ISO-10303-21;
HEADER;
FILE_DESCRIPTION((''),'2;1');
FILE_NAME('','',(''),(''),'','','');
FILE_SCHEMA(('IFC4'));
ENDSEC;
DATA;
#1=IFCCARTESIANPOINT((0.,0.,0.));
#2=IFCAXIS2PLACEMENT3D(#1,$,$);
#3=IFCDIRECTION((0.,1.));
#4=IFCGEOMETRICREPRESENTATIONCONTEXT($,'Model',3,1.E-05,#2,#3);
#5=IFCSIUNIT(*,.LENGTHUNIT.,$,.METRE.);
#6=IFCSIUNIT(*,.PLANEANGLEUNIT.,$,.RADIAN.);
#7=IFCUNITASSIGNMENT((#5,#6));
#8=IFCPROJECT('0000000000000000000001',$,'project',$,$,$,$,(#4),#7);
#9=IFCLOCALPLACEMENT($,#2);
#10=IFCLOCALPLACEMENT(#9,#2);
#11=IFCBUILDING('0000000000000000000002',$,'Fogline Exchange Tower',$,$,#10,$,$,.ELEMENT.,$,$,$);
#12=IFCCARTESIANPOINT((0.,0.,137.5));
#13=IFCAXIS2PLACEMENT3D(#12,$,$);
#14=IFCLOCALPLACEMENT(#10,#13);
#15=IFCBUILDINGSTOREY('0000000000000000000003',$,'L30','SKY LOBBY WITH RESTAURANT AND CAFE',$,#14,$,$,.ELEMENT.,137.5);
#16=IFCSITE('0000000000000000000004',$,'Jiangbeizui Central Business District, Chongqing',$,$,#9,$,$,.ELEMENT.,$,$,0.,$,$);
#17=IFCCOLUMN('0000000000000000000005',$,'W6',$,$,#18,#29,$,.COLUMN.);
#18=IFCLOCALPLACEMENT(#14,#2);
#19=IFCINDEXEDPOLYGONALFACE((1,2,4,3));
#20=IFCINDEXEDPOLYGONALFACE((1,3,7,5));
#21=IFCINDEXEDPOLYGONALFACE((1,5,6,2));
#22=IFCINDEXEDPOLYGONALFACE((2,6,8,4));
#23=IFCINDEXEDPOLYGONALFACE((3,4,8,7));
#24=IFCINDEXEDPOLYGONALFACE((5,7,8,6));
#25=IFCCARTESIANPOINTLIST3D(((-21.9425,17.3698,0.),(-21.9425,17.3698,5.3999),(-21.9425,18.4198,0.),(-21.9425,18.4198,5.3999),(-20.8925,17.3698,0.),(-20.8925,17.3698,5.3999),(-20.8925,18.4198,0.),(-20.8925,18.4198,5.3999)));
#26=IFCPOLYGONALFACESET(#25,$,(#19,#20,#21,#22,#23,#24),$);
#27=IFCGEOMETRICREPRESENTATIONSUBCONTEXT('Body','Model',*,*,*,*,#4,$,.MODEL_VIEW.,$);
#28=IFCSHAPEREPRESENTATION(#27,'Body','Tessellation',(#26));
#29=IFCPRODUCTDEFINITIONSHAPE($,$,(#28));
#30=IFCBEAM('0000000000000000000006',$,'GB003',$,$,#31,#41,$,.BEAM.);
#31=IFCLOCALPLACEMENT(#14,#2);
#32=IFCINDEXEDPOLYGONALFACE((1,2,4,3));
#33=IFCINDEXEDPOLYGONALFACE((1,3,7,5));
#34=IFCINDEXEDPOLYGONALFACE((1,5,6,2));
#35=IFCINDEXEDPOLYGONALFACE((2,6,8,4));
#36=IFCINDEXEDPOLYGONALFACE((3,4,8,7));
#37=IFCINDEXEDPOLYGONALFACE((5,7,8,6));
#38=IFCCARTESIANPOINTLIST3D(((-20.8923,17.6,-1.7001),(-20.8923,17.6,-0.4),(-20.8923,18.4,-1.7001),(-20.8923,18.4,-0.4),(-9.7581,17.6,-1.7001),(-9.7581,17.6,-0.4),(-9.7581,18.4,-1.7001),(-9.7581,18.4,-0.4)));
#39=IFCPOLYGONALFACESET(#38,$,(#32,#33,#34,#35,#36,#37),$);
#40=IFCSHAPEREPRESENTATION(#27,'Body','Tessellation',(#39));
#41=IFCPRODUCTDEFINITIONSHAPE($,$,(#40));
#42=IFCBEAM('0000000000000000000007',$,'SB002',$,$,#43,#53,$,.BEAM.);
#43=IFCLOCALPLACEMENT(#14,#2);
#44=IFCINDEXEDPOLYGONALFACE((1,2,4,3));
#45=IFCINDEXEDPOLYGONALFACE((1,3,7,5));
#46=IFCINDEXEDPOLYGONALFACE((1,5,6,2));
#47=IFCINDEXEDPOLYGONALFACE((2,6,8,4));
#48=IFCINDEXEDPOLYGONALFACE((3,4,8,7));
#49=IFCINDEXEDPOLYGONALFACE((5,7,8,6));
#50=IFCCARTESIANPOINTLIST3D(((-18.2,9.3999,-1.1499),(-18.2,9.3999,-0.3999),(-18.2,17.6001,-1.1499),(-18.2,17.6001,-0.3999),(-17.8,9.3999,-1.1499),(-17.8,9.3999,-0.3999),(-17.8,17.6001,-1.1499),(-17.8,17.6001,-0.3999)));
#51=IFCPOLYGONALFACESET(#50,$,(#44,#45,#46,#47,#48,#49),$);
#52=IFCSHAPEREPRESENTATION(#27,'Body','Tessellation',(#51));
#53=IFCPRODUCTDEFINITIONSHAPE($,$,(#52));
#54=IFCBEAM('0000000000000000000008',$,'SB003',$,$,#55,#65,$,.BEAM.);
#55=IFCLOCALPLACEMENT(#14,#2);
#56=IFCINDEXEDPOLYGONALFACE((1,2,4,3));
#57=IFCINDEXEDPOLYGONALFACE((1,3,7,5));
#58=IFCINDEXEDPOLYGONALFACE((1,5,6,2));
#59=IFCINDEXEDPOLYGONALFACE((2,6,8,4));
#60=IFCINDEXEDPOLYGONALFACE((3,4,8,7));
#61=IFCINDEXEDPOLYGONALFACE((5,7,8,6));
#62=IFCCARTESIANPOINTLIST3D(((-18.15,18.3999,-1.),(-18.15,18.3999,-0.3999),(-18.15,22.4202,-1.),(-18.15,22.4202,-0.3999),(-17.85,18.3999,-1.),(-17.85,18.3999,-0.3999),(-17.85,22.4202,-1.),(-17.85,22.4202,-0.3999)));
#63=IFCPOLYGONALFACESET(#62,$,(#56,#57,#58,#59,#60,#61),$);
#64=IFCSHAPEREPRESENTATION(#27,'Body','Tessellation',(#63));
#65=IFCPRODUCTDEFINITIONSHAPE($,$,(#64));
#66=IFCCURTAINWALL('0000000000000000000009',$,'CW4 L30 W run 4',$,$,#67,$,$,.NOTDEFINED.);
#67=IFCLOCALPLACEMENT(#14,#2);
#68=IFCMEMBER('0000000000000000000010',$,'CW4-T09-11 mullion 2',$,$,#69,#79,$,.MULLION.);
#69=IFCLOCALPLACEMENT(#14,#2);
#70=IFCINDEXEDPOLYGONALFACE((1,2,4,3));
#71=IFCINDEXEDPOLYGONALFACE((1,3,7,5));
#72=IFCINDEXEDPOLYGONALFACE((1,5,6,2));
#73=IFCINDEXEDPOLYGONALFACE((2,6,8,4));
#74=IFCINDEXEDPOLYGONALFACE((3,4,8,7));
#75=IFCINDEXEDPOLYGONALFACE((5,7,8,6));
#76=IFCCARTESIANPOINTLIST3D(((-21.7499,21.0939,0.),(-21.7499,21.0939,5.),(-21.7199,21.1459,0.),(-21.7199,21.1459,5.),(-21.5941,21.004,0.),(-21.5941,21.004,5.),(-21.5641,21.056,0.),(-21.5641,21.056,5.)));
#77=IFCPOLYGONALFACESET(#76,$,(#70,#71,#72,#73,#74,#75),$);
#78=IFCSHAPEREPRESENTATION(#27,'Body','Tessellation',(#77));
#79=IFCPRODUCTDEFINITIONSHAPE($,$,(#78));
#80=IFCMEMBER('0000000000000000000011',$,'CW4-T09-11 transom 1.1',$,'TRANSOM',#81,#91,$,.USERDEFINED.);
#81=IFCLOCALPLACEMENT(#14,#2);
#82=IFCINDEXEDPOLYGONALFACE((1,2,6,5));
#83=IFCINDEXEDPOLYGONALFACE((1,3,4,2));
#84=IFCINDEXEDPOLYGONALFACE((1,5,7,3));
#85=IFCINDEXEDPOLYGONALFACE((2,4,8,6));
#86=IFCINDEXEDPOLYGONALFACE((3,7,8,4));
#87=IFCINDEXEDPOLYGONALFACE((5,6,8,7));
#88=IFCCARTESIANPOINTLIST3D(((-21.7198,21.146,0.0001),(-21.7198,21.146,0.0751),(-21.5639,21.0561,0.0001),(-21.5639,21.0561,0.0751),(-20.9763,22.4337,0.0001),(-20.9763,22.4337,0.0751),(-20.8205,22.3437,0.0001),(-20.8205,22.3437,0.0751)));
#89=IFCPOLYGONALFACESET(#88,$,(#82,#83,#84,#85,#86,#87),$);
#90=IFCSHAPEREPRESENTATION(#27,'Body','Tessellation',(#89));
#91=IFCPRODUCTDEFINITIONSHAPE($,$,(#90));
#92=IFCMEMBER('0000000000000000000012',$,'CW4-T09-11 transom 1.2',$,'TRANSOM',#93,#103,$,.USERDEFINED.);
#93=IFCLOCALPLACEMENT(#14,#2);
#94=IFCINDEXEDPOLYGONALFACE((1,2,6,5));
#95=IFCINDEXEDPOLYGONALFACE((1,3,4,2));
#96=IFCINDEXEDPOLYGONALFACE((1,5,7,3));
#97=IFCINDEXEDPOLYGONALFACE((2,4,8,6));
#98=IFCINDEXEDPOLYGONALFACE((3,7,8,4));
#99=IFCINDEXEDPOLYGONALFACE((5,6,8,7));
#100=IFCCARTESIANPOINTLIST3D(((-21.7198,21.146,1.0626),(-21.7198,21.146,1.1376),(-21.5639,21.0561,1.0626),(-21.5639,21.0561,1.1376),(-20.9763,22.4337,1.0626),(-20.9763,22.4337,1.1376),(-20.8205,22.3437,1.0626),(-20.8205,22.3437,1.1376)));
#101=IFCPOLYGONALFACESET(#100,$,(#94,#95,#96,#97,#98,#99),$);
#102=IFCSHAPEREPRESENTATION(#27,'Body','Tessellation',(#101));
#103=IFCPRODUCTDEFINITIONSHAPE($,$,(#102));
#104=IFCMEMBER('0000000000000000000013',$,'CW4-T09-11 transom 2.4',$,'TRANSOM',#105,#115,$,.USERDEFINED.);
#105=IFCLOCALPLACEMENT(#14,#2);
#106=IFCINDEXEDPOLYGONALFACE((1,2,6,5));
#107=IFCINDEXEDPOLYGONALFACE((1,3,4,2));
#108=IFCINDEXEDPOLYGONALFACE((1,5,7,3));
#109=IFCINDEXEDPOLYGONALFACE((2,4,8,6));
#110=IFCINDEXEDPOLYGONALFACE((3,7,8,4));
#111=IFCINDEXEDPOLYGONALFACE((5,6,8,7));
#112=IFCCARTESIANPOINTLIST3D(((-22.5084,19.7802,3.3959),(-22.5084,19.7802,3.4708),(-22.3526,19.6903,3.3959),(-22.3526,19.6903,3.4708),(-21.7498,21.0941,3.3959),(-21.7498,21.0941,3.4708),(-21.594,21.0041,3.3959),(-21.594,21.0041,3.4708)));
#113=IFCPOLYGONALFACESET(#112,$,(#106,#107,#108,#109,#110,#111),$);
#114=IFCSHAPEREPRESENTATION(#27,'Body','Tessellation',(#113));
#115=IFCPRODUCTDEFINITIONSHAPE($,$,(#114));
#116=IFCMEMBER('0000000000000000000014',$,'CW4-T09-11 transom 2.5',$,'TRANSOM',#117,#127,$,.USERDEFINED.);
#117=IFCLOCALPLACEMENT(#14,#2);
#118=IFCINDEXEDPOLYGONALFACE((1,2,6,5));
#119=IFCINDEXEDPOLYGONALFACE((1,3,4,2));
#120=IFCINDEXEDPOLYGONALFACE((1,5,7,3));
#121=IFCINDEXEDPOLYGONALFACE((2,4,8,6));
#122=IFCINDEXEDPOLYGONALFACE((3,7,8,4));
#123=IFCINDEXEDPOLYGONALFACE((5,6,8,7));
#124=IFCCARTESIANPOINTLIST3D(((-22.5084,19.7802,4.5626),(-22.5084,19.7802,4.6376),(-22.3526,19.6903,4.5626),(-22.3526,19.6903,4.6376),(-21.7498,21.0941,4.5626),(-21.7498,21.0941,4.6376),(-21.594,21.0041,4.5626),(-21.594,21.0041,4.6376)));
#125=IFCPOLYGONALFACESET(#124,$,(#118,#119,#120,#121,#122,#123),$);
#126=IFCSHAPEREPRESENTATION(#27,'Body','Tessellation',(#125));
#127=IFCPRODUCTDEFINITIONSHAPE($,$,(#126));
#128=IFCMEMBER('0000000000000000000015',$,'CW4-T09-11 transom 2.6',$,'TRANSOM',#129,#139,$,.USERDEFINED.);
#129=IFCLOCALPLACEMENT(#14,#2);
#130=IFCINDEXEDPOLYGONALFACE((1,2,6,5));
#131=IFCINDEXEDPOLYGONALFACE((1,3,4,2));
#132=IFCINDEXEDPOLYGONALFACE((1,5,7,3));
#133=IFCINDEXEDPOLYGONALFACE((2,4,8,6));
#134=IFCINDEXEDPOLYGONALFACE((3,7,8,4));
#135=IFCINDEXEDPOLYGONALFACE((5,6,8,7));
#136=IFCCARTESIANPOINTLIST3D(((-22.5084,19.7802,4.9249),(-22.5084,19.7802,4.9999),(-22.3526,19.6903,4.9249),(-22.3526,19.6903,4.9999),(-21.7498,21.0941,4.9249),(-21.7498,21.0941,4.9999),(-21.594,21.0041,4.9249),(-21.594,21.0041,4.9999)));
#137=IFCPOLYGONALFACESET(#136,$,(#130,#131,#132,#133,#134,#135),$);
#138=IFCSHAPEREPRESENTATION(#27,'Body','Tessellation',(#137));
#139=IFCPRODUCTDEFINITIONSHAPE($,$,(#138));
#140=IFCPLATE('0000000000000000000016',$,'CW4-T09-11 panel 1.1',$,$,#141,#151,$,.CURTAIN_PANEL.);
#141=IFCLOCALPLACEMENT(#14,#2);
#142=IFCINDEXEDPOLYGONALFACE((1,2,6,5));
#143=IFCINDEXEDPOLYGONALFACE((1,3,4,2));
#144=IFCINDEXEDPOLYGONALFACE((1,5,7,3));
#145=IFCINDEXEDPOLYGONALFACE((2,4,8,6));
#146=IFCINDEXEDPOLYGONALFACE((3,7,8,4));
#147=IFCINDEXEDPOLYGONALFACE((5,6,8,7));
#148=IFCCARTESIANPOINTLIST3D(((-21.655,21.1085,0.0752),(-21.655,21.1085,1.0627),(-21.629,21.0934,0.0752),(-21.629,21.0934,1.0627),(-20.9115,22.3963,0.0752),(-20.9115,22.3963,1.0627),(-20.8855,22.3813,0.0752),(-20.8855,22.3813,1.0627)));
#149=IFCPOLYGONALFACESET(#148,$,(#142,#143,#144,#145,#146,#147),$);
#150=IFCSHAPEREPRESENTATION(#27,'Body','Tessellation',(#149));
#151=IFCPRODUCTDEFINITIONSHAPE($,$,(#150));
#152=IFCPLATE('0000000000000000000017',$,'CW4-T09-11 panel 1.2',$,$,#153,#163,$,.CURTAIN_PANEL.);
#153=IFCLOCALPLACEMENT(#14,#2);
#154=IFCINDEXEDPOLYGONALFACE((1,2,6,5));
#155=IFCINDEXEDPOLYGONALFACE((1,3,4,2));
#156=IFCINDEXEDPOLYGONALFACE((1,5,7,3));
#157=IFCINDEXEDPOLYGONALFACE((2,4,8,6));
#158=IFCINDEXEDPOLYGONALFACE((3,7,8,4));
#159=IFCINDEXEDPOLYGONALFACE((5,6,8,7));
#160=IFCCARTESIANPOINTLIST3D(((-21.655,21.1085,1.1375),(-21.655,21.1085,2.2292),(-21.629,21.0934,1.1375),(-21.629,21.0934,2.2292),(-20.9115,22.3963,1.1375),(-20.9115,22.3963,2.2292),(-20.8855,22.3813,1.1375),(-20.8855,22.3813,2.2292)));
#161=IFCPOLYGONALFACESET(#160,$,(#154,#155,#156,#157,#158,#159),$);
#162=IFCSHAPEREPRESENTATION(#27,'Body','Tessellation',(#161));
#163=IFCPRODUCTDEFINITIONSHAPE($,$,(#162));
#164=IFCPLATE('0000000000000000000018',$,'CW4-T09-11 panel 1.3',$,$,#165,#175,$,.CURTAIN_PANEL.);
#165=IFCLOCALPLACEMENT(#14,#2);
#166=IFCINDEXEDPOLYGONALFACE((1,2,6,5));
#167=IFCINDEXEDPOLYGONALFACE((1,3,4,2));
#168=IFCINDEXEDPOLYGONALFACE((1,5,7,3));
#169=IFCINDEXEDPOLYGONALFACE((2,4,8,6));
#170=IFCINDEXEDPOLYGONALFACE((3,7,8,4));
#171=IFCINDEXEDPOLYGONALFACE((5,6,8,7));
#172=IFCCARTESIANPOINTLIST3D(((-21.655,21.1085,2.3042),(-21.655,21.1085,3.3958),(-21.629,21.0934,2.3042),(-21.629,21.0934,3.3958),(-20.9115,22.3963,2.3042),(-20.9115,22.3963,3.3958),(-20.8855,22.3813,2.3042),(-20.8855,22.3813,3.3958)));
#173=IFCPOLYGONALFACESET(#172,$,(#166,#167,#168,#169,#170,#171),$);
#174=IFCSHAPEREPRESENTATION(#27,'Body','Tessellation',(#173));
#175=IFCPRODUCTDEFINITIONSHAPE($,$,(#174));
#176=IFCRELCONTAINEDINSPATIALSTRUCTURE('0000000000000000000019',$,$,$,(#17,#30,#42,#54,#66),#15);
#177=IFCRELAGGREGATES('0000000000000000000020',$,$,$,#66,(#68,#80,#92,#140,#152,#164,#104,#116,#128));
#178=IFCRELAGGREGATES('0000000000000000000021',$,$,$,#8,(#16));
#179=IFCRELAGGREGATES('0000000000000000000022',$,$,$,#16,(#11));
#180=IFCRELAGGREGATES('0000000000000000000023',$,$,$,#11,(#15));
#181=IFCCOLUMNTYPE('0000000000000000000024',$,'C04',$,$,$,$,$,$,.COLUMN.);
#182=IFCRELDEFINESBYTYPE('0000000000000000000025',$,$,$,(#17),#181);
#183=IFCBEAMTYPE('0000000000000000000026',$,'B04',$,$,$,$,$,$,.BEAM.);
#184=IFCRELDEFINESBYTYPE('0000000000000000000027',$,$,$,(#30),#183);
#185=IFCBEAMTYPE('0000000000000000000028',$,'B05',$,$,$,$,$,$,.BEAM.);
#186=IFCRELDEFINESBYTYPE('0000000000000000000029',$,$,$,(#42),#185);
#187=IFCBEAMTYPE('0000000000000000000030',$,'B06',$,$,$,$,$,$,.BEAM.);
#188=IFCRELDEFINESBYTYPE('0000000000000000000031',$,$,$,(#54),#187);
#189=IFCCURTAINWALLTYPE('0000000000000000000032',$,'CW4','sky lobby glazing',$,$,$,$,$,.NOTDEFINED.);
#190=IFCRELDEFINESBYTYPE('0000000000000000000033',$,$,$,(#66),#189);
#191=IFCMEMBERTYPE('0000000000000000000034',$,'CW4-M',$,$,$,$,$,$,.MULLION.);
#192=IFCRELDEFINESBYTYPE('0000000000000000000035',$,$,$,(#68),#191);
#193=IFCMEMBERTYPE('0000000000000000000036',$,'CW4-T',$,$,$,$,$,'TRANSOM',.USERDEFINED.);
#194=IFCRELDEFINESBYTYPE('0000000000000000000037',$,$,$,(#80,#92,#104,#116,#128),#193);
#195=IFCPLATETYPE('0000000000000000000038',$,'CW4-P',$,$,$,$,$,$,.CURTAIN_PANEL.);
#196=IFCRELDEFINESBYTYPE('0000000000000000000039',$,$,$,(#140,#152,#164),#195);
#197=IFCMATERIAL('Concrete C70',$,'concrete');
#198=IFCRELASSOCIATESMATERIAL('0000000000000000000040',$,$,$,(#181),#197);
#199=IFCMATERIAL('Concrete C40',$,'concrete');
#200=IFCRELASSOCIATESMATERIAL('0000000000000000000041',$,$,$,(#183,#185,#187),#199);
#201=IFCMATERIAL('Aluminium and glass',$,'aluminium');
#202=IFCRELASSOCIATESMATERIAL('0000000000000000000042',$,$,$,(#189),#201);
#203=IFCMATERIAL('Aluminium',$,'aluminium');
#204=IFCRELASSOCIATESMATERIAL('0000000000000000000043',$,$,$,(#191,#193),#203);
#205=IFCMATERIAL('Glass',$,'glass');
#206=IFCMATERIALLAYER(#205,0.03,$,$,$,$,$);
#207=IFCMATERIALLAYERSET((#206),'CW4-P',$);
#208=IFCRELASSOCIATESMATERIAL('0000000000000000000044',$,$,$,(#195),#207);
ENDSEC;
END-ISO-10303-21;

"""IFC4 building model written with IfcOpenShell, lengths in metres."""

from ifc_helpers import new_model, si_unit, direction, frame, origin, origin_2d, place, context, subcontext, project, spatial, rectangle, extrude, material, layer, layer_set, material_profile, profile_set, type_object, element, aggregate, save


model = new_model("IFC4")

# Units and contexts
model_context = context("Model", 3, precision=1e-05, world=origin(), true_north=direction((0.0, 1.0)))
body_context = subcontext(model_context, "Body", "Model", "MODEL_VIEW")
ifc_project = project(units=[si_unit("LENGTHUNIT", "METRE"), si_unit("PLANEANGLEUNIT", "RADIAN")], contexts=[model_context])

# Site, building, storey
site_placement = place(None, origin())
site = spatial("IfcSite", under=ifc_project, at=site_placement, Name="Jiangbeizui Central Business District, Chongqing", CompositionType="ELEMENT", RefElevation=0.0)
building_placement = place(site_placement, origin())
building = spatial("IfcBuilding", under=site, at=building_placement, Name="Fogline Exchange Tower", CompositionType="ELEMENT")
storey_placement = place(building_placement, frame((0.0, 0.0, 137.5)))
storey = spatial("IfcBuildingStorey", under=building, at=storey_placement, Name="L30", Description="SKY LOBBY WITH RESTAURANT AND CAFE", CompositionType="ELEMENT", Elevation=137.5)

# Column
ifc_material_1 = material(Name="Concrete C70", Category="concrete")
ifc_material_profile_1 = material_profile(ifc_material_1, rectangle(XDim=1.05, YDim=1.05, at=origin_2d()), Name="RC 1050x1050")
ifc_profile_set_1 = profile_set([ifc_material_profile_1], Name="Concrete C70")
column_type = type_object("IfcColumnType", Name="C04", PredefinedType="COLUMN", material=ifc_profile_set_1)
column_placement = place(storey_placement, frame((-21.4175, 17.8948, 0.0), z_axis=(0.0, 0.0, 1.0), x_axis=(1.0, 0.0, 0.0)))
element("IfcColumn", 1, at=column_placement, inside=storey, type_object=column_type, Name="W6", PredefinedType="COLUMN", context=body_context, shape_type="SweptSolid", body=[
    extrude(rectangle(XDim=1.05, YDim=1.05, at=origin_2d()), origin(), (0.0, 0.0, 1.0), 5.3999),
])

# Beams
ifc_material_2 = material(Name="Concrete C40", Category="concrete")
ifc_material_profile_2 = material_profile(ifc_material_2, rectangle(XDim=0.8, YDim=1.3, at=origin_2d()), Name="RC 800x1300")
ifc_profile_set_2 = profile_set([ifc_material_profile_2], Name="Concrete C40")
beam_type_1 = type_object("IfcBeamType", Name="B04", PredefinedType="BEAM", material=ifc_profile_set_2)
beam_1_placement = place(storey_placement, frame((-20.8923, 18.0, -1.05), z_axis=(1.0, 0.0, 0.0), x_axis=(0.0, 1.0, 0.0)))
element("IfcBeam", 2, at=beam_1_placement, inside=storey, type_object=beam_type_1, Name="GB003", PredefinedType="BEAM", context=body_context, shape_type="SweptSolid", body=[
    extrude(rectangle(XDim=0.8, YDim=1.3, at=origin_2d()), origin(), (0.0, 0.0, 1.0), 11.1343),
])
ifc_material_profile_3 = material_profile(ifc_material_2, rectangle(XDim=0.3999, YDim=0.75, at=origin_2d()), Name="RC 400x750")
ifc_profile_set_3 = profile_set([ifc_material_profile_3], Name="Concrete C40")
beam_type_2 = type_object("IfcBeamType", Name="B05", PredefinedType="BEAM", material=ifc_profile_set_3)
beam_2_placement = place(storey_placement, frame((-18.0, 9.3999, -0.7749), z_axis=(0.0, 1.0, 0.0), x_axis=(-1.0, 0.0, 0.0)))
element("IfcBeam", 3, at=beam_2_placement, inside=storey, type_object=beam_type_2, Name="SB002", PredefinedType="BEAM", context=body_context, shape_type="SweptSolid", body=[
    extrude(rectangle(XDim=0.3999, YDim=0.75, at=origin_2d()), origin(), (0.0, 0.0, 1.0), 8.2002),
])
ifc_material_profile_4 = material_profile(ifc_material_2, rectangle(XDim=0.3, YDim=0.6001, at=origin_2d()), Name="RC 300x600")
ifc_profile_set_4 = profile_set([ifc_material_profile_4], Name="Concrete C40")
beam_type_3 = type_object("IfcBeamType", Name="B06", PredefinedType="BEAM", material=ifc_profile_set_4)
beam_3_placement = place(storey_placement, frame((-18.0, 18.3999, -0.7), z_axis=(0.0, 1.0, 0.0), x_axis=(-1.0, 0.0, 0.0)))
element("IfcBeam", 4, at=beam_3_placement, inside=storey, type_object=beam_type_3, Name="SB003", PredefinedType="BEAM", context=body_context, shape_type="SweptSolid", body=[
    extrude(rectangle(XDim=0.3, YDim=0.6001, at=origin_2d()), origin(), (0.0, 0.0, 1.0), 4.0203),
])

# Curtain wall, members, plates
ifc_material_3 = material(Name="Aluminium and glass", Category="aluminium")
curtain_wall_type = type_object("IfcCurtainWallType", Name="CW4", Description="sky lobby glazing", PredefinedType="NOTDEFINED", material=ifc_material_3)
curtain_wall_placement = place(storey_placement, origin())
curtain_wall = element("IfcCurtainWall", 5, at=curtain_wall_placement, inside=storey, type_object=curtain_wall_type, Name="CW4 L30 W run 4", PredefinedType="NOTDEFINED")
ifc_material_4 = material(Name="Aluminium", Category="aluminium")
ifc_material_profile_5 = material_profile(ifc_material_4, rectangle(XDim=0.1799, YDim=0.0601, at=origin_2d()), Name="Mullion 60x180")
ifc_profile_set_5 = profile_set([ifc_material_profile_5], Name="Aluminium")
member_type_1 = type_object("IfcMemberType", Name="CW4-M", PredefinedType="MULLION", material=ifc_profile_set_5)
member_1_placement = place(storey_placement, frame((-21.657, 21.075, 0.0), z_axis=(0.0, 0.0, 1.0), x_axis=(0.866025, -0.5, 0.0)))
member_1 = element("IfcMember", 6, at=member_1_placement, type_object=member_type_1, Name="CW4-T09-11 mullion 2", PredefinedType="MULLION", context=body_context, shape_type="SweptSolid", body=[
    extrude(rectangle(XDim=0.1799, YDim=0.0601, at=origin_2d()), origin(), (0.0, 0.0, 1.0), 5.0),
])
ifc_material_profile_6 = material_profile(ifc_material_4, rectangle(XDim=0.1799, YDim=0.075, at=origin_2d()), Name="Transom 75x180")
ifc_profile_set_6 = profile_set([ifc_material_profile_6], Name="Aluminium")
member_type_2 = type_object("IfcMemberType", Name="CW4-T", ElementType="TRANSOM", PredefinedType="USERDEFINED", material=ifc_profile_set_6)
member_2_placement = place(storey_placement, frame((-20.8984, 22.3887, 0.0376), z_axis=(-0.500007, -0.866022, 0.0), x_axis=(0.866022, -0.500007, 0.0)))
member_2 = element("IfcMember", 7, at=member_2_placement, type_object=member_type_2, Name="CW4-T09-11 transom 1.1", ObjectType="TRANSOM", PredefinedType="USERDEFINED", context=body_context, shape_type="SweptSolid", body=[
    extrude(rectangle(XDim=0.1799, YDim=0.075, at=origin_2d()), origin(), (0.0, 0.0, 1.0), 1.4868),
])
member_3_placement = place(storey_placement, frame((-20.8984, 22.3887, 1.1001), z_axis=(-0.500007, -0.866022, 0.0), x_axis=(0.866022, -0.500007, 0.0)))
member_3 = element("IfcMember", 8, at=member_3_placement, type_object=member_type_2, Name="CW4-T09-11 transom 1.2", ObjectType="TRANSOM", PredefinedType="USERDEFINED", context=body_context, shape_type="SweptSolid", body=[
    extrude(rectangle(XDim=0.1799, YDim=0.075, at=origin_2d()), origin(), (0.0, 0.0, 1.0), 1.4868),
])
member_4_placement = place(storey_placement, frame((-21.6719, 21.0491, 3.4333), z_axis=(-0.500034, -0.866006, 0.0), x_axis=(0.866006, -0.500034, 0.0)))
member_4 = element("IfcMember", 9, at=member_4_placement, type_object=member_type_2, Name="CW4-T09-11 transom 2.4", ObjectType="TRANSOM", PredefinedType="USERDEFINED", context=body_context, shape_type="SweptSolid", body=[
    extrude(rectangle(XDim=0.1799, YDim=0.075, at=origin_2d()), origin(), (0.0, 0.0, 1.0), 1.5171),
])
member_5_placement = place(storey_placement, frame((-21.6719, 21.0491, 4.6001), z_axis=(-0.500034, -0.866006, 0.0), x_axis=(0.866006, -0.500034, 0.0)))
member_5 = element("IfcMember", 10, at=member_5_placement, type_object=member_type_2, Name="CW4-T09-11 transom 2.5", ObjectType="TRANSOM", PredefinedType="USERDEFINED", context=body_context, shape_type="SweptSolid", body=[
    extrude(rectangle(XDim=0.1799, YDim=0.075, at=origin_2d()), origin(), (0.0, 0.0, 1.0), 1.5171),
])
member_6_placement = place(storey_placement, frame((-21.6719, 21.0491, 4.9624), z_axis=(-0.500034, -0.866006, 0.0), x_axis=(0.866006, -0.500034, 0.0)))
member_6 = element("IfcMember", 11, at=member_6_placement, type_object=member_type_2, Name="CW4-T09-11 transom 2.6", ObjectType="TRANSOM", PredefinedType="USERDEFINED", context=body_context, shape_type="SweptSolid", body=[
    extrude(rectangle(XDim=0.1799, YDim=0.075, at=origin_2d()), origin(), (0.0, 0.0, 1.0), 1.5171),
])
ifc_material_5 = material(Name="Glass", Category="glass")
ifc_layer_1 = layer(ifc_material_5, 0.03)
ifc_layer_set_1 = layer_set([ifc_layer_1], Name="CW4-P")
plate_type = type_object("IfcPlateType", Name="CW4-P", PredefinedType="CURTAIN_PANEL", material=ifc_layer_set_1)
plate_1_placement = place(storey_placement, frame((-21.2703, 21.7449, 0.0752), z_axis=(0.0, 0.0, 1.0), x_axis=(-0.5, -0.866025, 0.0)))
plate_1 = element("IfcPlate", 12, at=plate_1_placement, type_object=plate_type, Name="CW4-T09-11 panel 1.1", PredefinedType="CURTAIN_PANEL", context=body_context, shape_type="SweptSolid", body=[
    extrude(rectangle(XDim=1.4871, YDim=0.03, at=origin_2d()), origin(), (0.0, 0.0, 1.0), 0.9875),
])
plate_2_placement = place(storey_placement, frame((-21.2703, 21.7449, 1.1375), z_axis=(0.0, 0.0, 1.0), x_axis=(-0.5, -0.866025, 0.0)))
plate_2 = element("IfcPlate", 13, at=plate_2_placement, type_object=plate_type, Name="CW4-T09-11 panel 1.2", PredefinedType="CURTAIN_PANEL", context=body_context, shape_type="SweptSolid", body=[
    extrude(rectangle(XDim=1.4871, YDim=0.03, at=origin_2d()), origin(), (0.0, 0.0, 1.0), 1.0918),
])
plate_3_placement = place(storey_placement, frame((-21.2703, 21.7449, 2.3042), z_axis=(0.0, 0.0, 1.0), x_axis=(-0.5, -0.866025, 0.0)))
plate_3 = element("IfcPlate", 14, at=plate_3_placement, type_object=plate_type, Name="CW4-T09-11 panel 1.3", PredefinedType="CURTAIN_PANEL", context=body_context, shape_type="SweptSolid", body=[
    extrude(rectangle(XDim=1.4871, YDim=0.03, at=origin_2d()), origin(), (0.0, 0.0, 1.0), 1.0916),
])
aggregate(curtain_wall, [member_1, member_2, member_3, plate_1, plate_2, plate_3, member_4, member_5, member_6])

save(model, "model.ifc")
